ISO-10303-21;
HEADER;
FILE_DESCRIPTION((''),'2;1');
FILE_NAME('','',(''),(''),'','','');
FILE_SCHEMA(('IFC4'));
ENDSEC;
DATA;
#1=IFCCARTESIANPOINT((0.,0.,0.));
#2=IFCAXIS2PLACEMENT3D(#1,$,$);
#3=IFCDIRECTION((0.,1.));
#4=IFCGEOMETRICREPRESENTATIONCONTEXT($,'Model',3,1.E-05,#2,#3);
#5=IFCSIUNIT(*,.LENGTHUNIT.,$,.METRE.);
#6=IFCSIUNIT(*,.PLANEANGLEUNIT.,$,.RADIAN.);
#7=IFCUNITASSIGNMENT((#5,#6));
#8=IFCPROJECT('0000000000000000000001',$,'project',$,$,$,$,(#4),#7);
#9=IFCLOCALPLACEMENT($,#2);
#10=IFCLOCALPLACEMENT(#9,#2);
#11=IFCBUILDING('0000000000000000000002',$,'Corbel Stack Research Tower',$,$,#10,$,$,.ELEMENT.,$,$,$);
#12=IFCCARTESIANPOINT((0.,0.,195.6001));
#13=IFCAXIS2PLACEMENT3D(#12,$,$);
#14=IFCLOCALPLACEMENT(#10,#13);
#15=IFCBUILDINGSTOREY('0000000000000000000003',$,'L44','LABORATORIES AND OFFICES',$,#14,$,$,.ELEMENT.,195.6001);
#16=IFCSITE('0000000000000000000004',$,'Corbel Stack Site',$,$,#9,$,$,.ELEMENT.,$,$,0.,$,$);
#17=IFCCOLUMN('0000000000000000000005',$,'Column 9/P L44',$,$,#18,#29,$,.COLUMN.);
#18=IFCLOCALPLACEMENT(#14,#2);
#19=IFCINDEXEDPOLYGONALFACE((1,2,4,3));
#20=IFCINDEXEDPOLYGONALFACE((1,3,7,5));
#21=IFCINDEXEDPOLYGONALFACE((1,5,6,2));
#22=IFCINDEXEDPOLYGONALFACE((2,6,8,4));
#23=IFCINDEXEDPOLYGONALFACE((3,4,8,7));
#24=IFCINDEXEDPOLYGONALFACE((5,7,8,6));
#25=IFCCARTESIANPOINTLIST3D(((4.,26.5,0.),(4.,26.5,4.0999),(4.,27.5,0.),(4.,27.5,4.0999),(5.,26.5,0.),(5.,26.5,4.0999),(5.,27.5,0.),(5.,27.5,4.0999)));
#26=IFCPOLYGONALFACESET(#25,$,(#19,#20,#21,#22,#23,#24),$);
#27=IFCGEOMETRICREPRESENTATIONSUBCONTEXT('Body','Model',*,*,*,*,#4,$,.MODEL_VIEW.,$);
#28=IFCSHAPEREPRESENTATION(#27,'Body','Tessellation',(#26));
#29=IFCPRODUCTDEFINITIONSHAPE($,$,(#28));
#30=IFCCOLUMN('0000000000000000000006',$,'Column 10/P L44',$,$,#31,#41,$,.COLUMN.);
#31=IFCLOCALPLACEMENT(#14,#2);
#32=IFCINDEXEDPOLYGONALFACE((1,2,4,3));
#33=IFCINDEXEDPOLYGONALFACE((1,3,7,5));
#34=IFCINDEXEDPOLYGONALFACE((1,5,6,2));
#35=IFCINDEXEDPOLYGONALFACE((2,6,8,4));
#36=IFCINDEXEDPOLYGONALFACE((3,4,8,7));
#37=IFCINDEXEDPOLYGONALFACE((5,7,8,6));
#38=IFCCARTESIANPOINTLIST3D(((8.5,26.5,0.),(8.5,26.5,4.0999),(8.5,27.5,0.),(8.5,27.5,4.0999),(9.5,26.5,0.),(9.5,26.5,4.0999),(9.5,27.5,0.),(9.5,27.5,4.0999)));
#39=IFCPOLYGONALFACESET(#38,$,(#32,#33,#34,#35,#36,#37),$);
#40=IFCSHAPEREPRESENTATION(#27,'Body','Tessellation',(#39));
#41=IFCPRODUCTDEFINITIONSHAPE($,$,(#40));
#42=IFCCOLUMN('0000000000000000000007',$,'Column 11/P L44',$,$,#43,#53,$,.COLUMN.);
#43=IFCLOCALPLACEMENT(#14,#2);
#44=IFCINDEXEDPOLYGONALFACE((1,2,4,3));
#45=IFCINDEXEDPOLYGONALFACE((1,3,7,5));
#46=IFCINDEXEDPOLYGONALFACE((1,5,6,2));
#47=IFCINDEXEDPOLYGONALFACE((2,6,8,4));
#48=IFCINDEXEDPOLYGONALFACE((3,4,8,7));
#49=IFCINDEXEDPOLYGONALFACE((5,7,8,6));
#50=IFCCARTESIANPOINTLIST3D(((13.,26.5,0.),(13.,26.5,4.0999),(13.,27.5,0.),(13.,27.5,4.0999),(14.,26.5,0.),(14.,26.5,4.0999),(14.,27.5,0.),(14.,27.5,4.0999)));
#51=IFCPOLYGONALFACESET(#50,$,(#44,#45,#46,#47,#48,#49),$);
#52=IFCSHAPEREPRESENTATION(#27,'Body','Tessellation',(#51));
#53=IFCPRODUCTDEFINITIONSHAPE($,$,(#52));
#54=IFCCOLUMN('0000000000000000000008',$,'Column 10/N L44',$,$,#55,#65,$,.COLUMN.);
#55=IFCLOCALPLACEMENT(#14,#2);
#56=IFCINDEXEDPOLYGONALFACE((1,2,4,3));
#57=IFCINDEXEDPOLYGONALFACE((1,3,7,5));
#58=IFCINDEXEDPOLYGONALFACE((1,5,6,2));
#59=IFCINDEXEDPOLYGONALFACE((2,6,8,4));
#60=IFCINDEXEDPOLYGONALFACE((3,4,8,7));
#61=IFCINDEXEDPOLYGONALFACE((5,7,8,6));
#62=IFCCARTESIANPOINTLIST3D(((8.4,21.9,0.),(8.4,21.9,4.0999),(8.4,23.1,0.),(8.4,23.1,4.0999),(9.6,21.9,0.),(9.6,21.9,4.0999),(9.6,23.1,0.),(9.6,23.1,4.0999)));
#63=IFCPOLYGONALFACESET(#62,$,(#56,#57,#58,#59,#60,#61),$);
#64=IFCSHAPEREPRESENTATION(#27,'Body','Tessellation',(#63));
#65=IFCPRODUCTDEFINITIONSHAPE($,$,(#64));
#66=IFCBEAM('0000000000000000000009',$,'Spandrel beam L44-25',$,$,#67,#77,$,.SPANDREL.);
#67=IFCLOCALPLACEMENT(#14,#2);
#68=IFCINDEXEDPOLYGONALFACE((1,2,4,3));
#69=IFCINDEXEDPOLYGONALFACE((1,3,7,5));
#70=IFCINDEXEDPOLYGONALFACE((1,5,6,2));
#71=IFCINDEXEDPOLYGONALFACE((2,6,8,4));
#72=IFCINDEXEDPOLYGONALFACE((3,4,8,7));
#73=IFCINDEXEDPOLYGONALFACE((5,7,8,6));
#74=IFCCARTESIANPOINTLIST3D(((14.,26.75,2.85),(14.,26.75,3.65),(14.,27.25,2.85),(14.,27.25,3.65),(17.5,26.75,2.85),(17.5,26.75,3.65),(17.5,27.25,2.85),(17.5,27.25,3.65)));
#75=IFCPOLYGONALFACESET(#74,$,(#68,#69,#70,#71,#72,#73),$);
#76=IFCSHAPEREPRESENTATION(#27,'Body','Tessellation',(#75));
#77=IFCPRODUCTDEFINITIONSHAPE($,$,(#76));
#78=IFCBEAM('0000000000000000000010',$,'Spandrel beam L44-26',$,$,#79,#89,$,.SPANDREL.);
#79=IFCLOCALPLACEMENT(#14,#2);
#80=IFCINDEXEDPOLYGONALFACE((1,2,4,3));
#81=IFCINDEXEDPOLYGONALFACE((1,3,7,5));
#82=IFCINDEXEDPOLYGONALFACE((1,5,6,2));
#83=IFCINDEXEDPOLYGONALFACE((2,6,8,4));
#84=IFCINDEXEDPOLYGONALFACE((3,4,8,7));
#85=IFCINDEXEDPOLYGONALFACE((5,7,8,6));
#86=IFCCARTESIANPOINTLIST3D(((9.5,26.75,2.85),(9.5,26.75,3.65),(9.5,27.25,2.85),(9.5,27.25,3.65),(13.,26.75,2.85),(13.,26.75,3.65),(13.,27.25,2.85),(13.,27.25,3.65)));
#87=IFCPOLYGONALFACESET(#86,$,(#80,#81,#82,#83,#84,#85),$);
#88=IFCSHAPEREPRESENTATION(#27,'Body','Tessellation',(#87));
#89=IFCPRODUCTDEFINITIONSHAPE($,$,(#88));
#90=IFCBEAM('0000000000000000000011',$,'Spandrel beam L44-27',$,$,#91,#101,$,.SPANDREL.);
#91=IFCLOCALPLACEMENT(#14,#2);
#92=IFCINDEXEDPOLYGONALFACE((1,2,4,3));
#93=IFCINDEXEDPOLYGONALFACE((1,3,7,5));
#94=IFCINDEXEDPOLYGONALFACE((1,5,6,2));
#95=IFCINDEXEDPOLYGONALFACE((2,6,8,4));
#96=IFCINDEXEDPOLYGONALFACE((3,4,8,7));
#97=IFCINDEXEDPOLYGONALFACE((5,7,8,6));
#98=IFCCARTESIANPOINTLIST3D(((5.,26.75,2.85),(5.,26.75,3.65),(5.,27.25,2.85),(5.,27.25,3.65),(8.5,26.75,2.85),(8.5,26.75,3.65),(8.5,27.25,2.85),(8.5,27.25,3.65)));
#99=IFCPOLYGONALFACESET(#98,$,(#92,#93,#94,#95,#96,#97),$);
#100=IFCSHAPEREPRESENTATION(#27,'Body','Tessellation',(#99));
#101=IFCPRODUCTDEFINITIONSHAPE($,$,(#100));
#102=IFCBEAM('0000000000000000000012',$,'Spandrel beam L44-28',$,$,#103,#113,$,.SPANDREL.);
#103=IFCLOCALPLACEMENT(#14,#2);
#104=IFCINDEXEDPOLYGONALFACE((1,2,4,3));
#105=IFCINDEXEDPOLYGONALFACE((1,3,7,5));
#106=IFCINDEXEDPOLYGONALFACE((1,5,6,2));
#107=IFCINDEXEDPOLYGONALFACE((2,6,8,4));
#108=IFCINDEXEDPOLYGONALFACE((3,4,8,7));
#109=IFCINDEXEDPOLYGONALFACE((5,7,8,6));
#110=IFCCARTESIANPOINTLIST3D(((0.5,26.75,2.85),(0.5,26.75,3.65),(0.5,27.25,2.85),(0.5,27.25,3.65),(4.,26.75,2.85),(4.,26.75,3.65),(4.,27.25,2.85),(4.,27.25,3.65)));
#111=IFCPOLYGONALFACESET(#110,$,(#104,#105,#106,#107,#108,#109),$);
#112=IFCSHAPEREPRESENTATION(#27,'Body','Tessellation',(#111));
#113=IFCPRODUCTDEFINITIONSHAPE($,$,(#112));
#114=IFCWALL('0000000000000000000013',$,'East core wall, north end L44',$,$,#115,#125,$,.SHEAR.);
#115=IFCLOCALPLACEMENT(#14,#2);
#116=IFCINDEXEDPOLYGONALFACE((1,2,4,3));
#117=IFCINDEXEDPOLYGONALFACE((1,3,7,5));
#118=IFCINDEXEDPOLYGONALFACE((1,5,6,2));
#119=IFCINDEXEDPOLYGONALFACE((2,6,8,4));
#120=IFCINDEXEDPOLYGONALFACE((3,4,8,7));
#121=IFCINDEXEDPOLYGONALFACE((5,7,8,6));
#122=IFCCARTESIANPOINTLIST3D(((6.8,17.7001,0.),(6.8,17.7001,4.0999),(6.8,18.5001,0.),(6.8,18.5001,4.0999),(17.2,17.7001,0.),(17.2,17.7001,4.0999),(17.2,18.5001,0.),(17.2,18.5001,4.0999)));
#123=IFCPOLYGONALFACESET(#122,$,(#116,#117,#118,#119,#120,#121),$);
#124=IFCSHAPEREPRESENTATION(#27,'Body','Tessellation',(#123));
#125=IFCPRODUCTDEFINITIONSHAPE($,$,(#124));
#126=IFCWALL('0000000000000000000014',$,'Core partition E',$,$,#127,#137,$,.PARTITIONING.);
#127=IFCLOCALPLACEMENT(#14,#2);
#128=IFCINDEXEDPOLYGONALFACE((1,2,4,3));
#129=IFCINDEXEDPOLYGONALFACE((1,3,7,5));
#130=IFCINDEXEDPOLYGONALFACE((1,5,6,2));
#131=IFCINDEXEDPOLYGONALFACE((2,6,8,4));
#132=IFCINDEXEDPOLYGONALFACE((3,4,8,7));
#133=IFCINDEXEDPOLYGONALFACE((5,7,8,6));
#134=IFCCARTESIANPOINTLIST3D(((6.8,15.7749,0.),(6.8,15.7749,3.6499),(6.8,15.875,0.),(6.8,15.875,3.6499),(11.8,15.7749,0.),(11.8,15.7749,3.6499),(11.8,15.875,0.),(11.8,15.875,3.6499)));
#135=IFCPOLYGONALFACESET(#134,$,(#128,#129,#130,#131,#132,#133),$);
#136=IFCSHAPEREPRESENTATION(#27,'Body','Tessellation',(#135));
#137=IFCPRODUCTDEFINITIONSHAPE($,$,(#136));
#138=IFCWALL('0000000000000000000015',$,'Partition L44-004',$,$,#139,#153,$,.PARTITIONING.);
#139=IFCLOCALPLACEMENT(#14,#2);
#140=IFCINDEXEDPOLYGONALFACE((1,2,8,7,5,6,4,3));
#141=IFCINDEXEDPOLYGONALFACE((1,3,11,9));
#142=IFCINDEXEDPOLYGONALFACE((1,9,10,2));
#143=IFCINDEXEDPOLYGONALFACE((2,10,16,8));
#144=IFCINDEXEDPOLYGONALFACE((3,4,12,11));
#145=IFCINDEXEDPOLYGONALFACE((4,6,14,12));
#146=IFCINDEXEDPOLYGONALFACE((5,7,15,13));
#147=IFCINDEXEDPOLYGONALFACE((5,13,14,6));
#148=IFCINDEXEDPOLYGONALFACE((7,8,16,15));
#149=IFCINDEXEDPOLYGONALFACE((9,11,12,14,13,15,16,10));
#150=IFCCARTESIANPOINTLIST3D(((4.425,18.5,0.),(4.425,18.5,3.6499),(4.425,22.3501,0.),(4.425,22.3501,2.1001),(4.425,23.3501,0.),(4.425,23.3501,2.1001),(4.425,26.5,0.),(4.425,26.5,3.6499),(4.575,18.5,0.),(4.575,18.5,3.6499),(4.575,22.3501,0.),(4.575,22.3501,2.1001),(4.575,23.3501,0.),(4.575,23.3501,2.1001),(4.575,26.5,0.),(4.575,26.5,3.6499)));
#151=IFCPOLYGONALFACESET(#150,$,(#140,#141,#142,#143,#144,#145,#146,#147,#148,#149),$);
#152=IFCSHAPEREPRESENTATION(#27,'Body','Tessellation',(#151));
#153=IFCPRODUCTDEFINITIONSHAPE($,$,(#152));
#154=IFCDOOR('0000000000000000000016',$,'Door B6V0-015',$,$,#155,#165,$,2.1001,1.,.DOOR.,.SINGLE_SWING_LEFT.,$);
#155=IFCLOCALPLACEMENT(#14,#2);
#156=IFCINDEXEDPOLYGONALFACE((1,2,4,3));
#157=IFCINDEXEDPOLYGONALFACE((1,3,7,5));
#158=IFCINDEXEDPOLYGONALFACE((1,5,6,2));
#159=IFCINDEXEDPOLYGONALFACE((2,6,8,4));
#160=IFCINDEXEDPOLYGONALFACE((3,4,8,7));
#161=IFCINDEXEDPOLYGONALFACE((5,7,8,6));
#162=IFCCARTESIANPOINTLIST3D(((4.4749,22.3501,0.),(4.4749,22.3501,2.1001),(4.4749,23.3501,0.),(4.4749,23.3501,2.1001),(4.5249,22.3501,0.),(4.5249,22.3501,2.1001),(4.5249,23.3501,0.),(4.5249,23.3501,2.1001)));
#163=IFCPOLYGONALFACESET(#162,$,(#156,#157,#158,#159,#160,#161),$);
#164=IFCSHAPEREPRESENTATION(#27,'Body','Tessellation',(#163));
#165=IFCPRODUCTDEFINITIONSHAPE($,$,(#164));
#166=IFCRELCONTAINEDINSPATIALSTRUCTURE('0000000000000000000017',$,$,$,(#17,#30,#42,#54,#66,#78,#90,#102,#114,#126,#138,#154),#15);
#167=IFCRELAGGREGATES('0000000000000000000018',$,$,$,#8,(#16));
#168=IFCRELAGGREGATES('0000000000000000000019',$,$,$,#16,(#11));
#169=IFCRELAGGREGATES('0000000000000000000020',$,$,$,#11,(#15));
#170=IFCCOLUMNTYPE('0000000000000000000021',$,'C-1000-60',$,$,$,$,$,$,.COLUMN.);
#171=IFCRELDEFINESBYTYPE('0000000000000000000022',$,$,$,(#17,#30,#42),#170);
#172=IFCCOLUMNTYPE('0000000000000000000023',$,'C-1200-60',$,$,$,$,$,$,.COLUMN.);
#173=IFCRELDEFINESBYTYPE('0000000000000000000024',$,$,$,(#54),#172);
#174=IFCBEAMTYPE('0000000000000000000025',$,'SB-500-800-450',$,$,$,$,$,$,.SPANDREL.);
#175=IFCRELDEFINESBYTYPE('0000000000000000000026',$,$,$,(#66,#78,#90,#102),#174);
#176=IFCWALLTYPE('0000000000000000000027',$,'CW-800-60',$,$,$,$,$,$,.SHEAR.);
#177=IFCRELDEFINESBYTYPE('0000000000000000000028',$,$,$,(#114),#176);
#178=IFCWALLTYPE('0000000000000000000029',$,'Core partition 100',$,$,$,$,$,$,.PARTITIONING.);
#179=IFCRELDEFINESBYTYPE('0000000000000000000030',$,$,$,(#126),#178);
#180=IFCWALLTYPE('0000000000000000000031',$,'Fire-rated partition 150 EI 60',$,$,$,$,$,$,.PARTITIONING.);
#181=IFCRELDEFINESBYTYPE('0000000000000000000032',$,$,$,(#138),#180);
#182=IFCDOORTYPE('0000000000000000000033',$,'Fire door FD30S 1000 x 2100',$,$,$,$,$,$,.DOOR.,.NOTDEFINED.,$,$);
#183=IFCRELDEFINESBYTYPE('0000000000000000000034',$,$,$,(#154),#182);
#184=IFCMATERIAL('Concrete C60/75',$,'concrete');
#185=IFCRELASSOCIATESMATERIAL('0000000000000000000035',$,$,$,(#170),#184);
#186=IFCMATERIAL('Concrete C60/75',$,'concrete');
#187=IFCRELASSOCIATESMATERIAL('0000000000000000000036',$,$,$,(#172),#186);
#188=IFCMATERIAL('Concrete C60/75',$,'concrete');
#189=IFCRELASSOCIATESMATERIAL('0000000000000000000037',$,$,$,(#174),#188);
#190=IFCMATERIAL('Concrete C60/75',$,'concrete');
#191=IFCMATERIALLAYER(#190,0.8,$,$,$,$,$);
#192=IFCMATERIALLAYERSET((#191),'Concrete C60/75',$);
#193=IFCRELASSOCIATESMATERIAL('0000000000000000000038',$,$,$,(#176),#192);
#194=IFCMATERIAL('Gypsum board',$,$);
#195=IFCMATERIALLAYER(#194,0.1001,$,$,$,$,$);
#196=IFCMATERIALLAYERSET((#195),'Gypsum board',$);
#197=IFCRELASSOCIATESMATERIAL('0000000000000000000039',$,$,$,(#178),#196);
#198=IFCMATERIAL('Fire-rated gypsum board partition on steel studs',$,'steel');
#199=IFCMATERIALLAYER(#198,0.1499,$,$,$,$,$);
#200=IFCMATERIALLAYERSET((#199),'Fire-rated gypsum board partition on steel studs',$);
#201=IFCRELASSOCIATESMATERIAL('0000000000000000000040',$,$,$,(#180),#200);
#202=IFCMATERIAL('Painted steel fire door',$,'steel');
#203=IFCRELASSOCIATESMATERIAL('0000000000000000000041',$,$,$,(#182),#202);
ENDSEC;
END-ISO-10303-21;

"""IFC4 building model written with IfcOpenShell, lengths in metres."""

from ifc_helpers import new_model, si_unit, direction, frame, frame_2d, origin, origin_2d, place, context, subcontext, project, spatial, rectangle, extrude, material, layer, layer_set, material_profile, profile_set, type_object, element, fill, save


model = new_model("IFC4")

# Units and contexts
model_context = context("Model", 3, precision=1e-05, world=origin(), true_north=direction((0.0, 1.0)))
body_context = subcontext(model_context, "Body", "Model", "MODEL_VIEW")
ifc_project = project(units=[si_unit("LENGTHUNIT", "METRE"), si_unit("PLANEANGLEUNIT", "RADIAN")], contexts=[model_context])

# Site, building, storey
site_placement = place(None, origin())
site = spatial("IfcSite", under=ifc_project, at=site_placement, Name="Corbel Stack Site", CompositionType="ELEMENT", RefElevation=0.0)
building_placement = place(site_placement, origin())
building = spatial("IfcBuilding", under=site, at=building_placement, Name="Corbel Stack Research Tower", CompositionType="ELEMENT")
storey_placement = place(building_placement, frame((0.0, 0.0, 195.6001)))
storey = spatial("IfcBuildingStorey", under=building, at=storey_placement, Name="L44", Description="LABORATORIES AND OFFICES", CompositionType="ELEMENT", Elevation=195.6001)

# Columns
ifc_material_1 = material(Name="Concrete C60/75", Category="concrete")
ifc_material_profile_1 = material_profile(ifc_material_1, rectangle(XDim=1.0, YDim=1.0, at=origin_2d()), Name="RC 1000 x 1000")
ifc_profile_set_1 = profile_set([ifc_material_profile_1], Name="Concrete C60/75")
column_type_1 = type_object("IfcColumnType", Name="C-1000-60", PredefinedType="COLUMN", material=ifc_profile_set_1)
for number, where, z_axis, x_axis, name in (
    (1, (4.5, 27.0, 0.0), (0.0, 0.0, 1.0), (1.0, 0.0, 0.0), "Column 9/P L44"),
    (2, (9.0, 27.0, 0.0), (0.0, 0.0, 1.0), (1.0, 0.0, 0.0), "Column 10/P L44"),
    (3, (13.5, 27.0, 0.0), (0.0, 0.0, 1.0), (1.0, 0.0, 0.0), "Column 11/P L44"),
):
    element("IfcColumn", number, at=place(storey_placement, frame(where, z_axis=z_axis, x_axis=x_axis)), inside=storey, type_object=column_type_1, Name=name, PredefinedType="COLUMN", context=body_context, shape_type="SweptSolid", body=[
        extrude(rectangle(XDim=1.0, YDim=1.0, at=origin_2d()), origin(), (0.0, 0.0, 1.0), 4.0999),
    ])
ifc_material_2 = material(Name="Concrete C60/75", Category="concrete")
ifc_material_profile_2 = material_profile(ifc_material_2, rectangle(XDim=1.2, YDim=1.2, at=origin_2d()), Name="RC 1200 x 1200")
ifc_profile_set_2 = profile_set([ifc_material_profile_2], Name="Concrete C60/75")
column_type_2 = type_object("IfcColumnType", Name="C-1200-60", PredefinedType="COLUMN", material=ifc_profile_set_2)
column_placement = place(storey_placement, frame((9.0, 22.5, 0.0), z_axis=(0.0, 0.0, 1.0), x_axis=(1.0, 0.0, 0.0)))
element("IfcColumn", 4, at=column_placement, inside=storey, type_object=column_type_2, Name="Column 10/N L44", PredefinedType="COLUMN", context=body_context, shape_type="SweptSolid", body=[
    extrude(rectangle(XDim=1.2, YDim=1.2, at=origin_2d()), origin(), (0.0, 0.0, 1.0), 4.0999),
])

# Beams
ifc_material_3 = material(Name="Concrete C60/75", Category="concrete")
ifc_material_profile_3 = material_profile(ifc_material_3, rectangle(XDim=0.5, YDim=0.8, at=origin_2d()), Name="RC 500 x 800")
ifc_profile_set_3 = profile_set([ifc_material_profile_3], Name="Concrete C60/75")
beam_type = type_object("IfcBeamType", Name="SB-500-800-450", PredefinedType="SPANDREL", material=ifc_profile_set_3)
for number, where, z_axis, x_axis, name in (
    (5, (17.5, 27.0, 3.25), (-1.0, 0.0, 0.0), (0.0, -1.0, 0.0), "Spandrel beam L44-25"),
    (6, (13.0, 27.0, 3.25), (-1.0, 0.0, 0.0), (0.0, -1.0, 0.0), "Spandrel beam L44-26"),
    (7, (8.5, 27.0, 3.25), (-1.0, 0.0, 0.0), (0.0, -1.0, 0.0), "Spandrel beam L44-27"),
    (8, (4.0, 27.0, 3.25), (-1.0, 0.0, 0.0), (0.0, -1.0, 0.0), "Spandrel beam L44-28"),
):
    element("IfcBeam", number, at=place(storey_placement, frame(where, z_axis=z_axis, x_axis=x_axis)), inside=storey, type_object=beam_type, Name=name, PredefinedType="SPANDREL", context=body_context, shape_type="SweptSolid", body=[
        extrude(rectangle(XDim=0.5, YDim=0.8, at=origin_2d()), origin(), (0.0, 0.0, 1.0), 3.5),
    ])

# Walls
ifc_material_4 = material(Name="Concrete C60/75", Category="concrete")
ifc_layer_1 = layer(ifc_material_4, 0.8)
ifc_layer_set_1 = layer_set([ifc_layer_1], Name="Concrete C60/75")
wall_type_1 = type_object("IfcWallType", Name="CW-800-60", PredefinedType="SHEAR", material=ifc_layer_set_1)
wall_1_placement = place(storey_placement, frame((6.8, 18.1001, 0.0), z_axis=(0.0, 0.0, 1.0), x_axis=(1.0, 0.0, 0.0)))
element("IfcWall", 9, at=wall_1_placement, inside=storey, type_object=wall_type_1, Name="East core wall, north end L44", PredefinedType="SHEAR", context=body_context, shape_type="SweptSolid", body=[
    extrude(rectangle(XDim=10.3999, YDim=0.8, at=frame_2d((5.2, 0.0))), origin(), (0.0, 0.0, 1.0), 4.0999),
])
ifc_material_5 = material(Name="Gypsum board")
ifc_layer_2 = layer(ifc_material_5, 0.1001)
ifc_layer_set_2 = layer_set([ifc_layer_2], Name="Gypsum board")
wall_type_2 = type_object("IfcWallType", Name="Core partition 100", PredefinedType="PARTITIONING", material=ifc_layer_set_2)
wall_2_placement = place(storey_placement, frame((6.8, 15.825, 0.0), z_axis=(0.0, 0.0, 1.0), x_axis=(1.0, 0.0, 0.0)))
element("IfcWall", 10, at=wall_2_placement, inside=storey, type_object=wall_type_2, Name="Core partition E", PredefinedType="PARTITIONING", context=body_context, shape_type="SweptSolid", body=[
    extrude(rectangle(XDim=5.0, YDim=0.1001, at=frame_2d((2.5, 0.0))), origin(), (0.0, 0.0, 1.0), 3.6499),
])

# Wall, opening, door
ifc_material_6 = material(Name="Fire-rated gypsum board partition on steel studs", Category="steel")
ifc_layer_3 = layer(ifc_material_6, 0.1499)
ifc_layer_set_3 = layer_set([ifc_layer_3], Name="Fire-rated gypsum board partition on steel studs")
wall_type_3 = type_object("IfcWallType", Name="Fire-rated partition 150 EI 60", PredefinedType="PARTITIONING", material=ifc_layer_set_3)
wall_3_placement = place(storey_placement, frame((4.5, 26.5, 0.0), z_axis=(0.0, 0.0, 1.0), x_axis=(0.0, -1.0, 0.0)))
wall_3 = element("IfcWall", 11, at=wall_3_placement, inside=storey, type_object=wall_type_3, Name="Partition L44-004", PredefinedType="PARTITIONING", context=body_context, shape_type="SweptSolid", body=[
    extrude(rectangle(XDim=8.0, YDim=0.1499, at=frame_2d((4.0, 0.0))), origin(), (0.0, 0.0, 1.0), 3.6499),
])
opening_1_placement = place(wall_3_placement, frame((3.1499, 0.0, 0.0)))
opening_1 = element("IfcOpeningElement", 12, at=opening_1_placement, cuts=wall_3, PredefinedType="OPENING", context=body_context, shape_type="SweptSolid", body=[
    extrude(rectangle(XDim=1.0, YDim=2.1001, at=frame_2d((0.5, 1.05))), frame((0.0, 0.085, 0.0), z_axis=(0.0, -1.0, 0.0), x_axis=(1.0, 0.0, 0.0)), (0.0, 0.0, 1.0), 0.1699),
])
ifc_material_7 = material(Name="Painted steel fire door", Category="steel")
door_type = type_object("IfcDoorType", Name="Fire door FD30S 1000 x 2100", OperationType="NOTDEFINED", PredefinedType="DOOR", material=ifc_material_7)
door_1_placement = place(opening_1_placement, origin())
door_1 = element("IfcDoor", 13, at=door_1_placement, inside=storey, type_object=door_type, Name="Door B6V0-015", OperationType="SINGLE_SWING_LEFT", OverallHeight=2.1001, OverallWidth=1.0, PredefinedType="DOOR", context=body_context, shape_type="SweptSolid", body=[
    extrude(rectangle(XDim=1.0, YDim=2.1001, at=frame_2d((0.5, 1.05))), frame((0.0, 0.0249, 0.0), z_axis=(0.0, -1.0, 0.0), x_axis=(1.0, 0.0, 0.0)), (0.0, 0.0, 1.0), 0.05),
])
fill(opening_1, door_1)

save(model, "model.ifc")
